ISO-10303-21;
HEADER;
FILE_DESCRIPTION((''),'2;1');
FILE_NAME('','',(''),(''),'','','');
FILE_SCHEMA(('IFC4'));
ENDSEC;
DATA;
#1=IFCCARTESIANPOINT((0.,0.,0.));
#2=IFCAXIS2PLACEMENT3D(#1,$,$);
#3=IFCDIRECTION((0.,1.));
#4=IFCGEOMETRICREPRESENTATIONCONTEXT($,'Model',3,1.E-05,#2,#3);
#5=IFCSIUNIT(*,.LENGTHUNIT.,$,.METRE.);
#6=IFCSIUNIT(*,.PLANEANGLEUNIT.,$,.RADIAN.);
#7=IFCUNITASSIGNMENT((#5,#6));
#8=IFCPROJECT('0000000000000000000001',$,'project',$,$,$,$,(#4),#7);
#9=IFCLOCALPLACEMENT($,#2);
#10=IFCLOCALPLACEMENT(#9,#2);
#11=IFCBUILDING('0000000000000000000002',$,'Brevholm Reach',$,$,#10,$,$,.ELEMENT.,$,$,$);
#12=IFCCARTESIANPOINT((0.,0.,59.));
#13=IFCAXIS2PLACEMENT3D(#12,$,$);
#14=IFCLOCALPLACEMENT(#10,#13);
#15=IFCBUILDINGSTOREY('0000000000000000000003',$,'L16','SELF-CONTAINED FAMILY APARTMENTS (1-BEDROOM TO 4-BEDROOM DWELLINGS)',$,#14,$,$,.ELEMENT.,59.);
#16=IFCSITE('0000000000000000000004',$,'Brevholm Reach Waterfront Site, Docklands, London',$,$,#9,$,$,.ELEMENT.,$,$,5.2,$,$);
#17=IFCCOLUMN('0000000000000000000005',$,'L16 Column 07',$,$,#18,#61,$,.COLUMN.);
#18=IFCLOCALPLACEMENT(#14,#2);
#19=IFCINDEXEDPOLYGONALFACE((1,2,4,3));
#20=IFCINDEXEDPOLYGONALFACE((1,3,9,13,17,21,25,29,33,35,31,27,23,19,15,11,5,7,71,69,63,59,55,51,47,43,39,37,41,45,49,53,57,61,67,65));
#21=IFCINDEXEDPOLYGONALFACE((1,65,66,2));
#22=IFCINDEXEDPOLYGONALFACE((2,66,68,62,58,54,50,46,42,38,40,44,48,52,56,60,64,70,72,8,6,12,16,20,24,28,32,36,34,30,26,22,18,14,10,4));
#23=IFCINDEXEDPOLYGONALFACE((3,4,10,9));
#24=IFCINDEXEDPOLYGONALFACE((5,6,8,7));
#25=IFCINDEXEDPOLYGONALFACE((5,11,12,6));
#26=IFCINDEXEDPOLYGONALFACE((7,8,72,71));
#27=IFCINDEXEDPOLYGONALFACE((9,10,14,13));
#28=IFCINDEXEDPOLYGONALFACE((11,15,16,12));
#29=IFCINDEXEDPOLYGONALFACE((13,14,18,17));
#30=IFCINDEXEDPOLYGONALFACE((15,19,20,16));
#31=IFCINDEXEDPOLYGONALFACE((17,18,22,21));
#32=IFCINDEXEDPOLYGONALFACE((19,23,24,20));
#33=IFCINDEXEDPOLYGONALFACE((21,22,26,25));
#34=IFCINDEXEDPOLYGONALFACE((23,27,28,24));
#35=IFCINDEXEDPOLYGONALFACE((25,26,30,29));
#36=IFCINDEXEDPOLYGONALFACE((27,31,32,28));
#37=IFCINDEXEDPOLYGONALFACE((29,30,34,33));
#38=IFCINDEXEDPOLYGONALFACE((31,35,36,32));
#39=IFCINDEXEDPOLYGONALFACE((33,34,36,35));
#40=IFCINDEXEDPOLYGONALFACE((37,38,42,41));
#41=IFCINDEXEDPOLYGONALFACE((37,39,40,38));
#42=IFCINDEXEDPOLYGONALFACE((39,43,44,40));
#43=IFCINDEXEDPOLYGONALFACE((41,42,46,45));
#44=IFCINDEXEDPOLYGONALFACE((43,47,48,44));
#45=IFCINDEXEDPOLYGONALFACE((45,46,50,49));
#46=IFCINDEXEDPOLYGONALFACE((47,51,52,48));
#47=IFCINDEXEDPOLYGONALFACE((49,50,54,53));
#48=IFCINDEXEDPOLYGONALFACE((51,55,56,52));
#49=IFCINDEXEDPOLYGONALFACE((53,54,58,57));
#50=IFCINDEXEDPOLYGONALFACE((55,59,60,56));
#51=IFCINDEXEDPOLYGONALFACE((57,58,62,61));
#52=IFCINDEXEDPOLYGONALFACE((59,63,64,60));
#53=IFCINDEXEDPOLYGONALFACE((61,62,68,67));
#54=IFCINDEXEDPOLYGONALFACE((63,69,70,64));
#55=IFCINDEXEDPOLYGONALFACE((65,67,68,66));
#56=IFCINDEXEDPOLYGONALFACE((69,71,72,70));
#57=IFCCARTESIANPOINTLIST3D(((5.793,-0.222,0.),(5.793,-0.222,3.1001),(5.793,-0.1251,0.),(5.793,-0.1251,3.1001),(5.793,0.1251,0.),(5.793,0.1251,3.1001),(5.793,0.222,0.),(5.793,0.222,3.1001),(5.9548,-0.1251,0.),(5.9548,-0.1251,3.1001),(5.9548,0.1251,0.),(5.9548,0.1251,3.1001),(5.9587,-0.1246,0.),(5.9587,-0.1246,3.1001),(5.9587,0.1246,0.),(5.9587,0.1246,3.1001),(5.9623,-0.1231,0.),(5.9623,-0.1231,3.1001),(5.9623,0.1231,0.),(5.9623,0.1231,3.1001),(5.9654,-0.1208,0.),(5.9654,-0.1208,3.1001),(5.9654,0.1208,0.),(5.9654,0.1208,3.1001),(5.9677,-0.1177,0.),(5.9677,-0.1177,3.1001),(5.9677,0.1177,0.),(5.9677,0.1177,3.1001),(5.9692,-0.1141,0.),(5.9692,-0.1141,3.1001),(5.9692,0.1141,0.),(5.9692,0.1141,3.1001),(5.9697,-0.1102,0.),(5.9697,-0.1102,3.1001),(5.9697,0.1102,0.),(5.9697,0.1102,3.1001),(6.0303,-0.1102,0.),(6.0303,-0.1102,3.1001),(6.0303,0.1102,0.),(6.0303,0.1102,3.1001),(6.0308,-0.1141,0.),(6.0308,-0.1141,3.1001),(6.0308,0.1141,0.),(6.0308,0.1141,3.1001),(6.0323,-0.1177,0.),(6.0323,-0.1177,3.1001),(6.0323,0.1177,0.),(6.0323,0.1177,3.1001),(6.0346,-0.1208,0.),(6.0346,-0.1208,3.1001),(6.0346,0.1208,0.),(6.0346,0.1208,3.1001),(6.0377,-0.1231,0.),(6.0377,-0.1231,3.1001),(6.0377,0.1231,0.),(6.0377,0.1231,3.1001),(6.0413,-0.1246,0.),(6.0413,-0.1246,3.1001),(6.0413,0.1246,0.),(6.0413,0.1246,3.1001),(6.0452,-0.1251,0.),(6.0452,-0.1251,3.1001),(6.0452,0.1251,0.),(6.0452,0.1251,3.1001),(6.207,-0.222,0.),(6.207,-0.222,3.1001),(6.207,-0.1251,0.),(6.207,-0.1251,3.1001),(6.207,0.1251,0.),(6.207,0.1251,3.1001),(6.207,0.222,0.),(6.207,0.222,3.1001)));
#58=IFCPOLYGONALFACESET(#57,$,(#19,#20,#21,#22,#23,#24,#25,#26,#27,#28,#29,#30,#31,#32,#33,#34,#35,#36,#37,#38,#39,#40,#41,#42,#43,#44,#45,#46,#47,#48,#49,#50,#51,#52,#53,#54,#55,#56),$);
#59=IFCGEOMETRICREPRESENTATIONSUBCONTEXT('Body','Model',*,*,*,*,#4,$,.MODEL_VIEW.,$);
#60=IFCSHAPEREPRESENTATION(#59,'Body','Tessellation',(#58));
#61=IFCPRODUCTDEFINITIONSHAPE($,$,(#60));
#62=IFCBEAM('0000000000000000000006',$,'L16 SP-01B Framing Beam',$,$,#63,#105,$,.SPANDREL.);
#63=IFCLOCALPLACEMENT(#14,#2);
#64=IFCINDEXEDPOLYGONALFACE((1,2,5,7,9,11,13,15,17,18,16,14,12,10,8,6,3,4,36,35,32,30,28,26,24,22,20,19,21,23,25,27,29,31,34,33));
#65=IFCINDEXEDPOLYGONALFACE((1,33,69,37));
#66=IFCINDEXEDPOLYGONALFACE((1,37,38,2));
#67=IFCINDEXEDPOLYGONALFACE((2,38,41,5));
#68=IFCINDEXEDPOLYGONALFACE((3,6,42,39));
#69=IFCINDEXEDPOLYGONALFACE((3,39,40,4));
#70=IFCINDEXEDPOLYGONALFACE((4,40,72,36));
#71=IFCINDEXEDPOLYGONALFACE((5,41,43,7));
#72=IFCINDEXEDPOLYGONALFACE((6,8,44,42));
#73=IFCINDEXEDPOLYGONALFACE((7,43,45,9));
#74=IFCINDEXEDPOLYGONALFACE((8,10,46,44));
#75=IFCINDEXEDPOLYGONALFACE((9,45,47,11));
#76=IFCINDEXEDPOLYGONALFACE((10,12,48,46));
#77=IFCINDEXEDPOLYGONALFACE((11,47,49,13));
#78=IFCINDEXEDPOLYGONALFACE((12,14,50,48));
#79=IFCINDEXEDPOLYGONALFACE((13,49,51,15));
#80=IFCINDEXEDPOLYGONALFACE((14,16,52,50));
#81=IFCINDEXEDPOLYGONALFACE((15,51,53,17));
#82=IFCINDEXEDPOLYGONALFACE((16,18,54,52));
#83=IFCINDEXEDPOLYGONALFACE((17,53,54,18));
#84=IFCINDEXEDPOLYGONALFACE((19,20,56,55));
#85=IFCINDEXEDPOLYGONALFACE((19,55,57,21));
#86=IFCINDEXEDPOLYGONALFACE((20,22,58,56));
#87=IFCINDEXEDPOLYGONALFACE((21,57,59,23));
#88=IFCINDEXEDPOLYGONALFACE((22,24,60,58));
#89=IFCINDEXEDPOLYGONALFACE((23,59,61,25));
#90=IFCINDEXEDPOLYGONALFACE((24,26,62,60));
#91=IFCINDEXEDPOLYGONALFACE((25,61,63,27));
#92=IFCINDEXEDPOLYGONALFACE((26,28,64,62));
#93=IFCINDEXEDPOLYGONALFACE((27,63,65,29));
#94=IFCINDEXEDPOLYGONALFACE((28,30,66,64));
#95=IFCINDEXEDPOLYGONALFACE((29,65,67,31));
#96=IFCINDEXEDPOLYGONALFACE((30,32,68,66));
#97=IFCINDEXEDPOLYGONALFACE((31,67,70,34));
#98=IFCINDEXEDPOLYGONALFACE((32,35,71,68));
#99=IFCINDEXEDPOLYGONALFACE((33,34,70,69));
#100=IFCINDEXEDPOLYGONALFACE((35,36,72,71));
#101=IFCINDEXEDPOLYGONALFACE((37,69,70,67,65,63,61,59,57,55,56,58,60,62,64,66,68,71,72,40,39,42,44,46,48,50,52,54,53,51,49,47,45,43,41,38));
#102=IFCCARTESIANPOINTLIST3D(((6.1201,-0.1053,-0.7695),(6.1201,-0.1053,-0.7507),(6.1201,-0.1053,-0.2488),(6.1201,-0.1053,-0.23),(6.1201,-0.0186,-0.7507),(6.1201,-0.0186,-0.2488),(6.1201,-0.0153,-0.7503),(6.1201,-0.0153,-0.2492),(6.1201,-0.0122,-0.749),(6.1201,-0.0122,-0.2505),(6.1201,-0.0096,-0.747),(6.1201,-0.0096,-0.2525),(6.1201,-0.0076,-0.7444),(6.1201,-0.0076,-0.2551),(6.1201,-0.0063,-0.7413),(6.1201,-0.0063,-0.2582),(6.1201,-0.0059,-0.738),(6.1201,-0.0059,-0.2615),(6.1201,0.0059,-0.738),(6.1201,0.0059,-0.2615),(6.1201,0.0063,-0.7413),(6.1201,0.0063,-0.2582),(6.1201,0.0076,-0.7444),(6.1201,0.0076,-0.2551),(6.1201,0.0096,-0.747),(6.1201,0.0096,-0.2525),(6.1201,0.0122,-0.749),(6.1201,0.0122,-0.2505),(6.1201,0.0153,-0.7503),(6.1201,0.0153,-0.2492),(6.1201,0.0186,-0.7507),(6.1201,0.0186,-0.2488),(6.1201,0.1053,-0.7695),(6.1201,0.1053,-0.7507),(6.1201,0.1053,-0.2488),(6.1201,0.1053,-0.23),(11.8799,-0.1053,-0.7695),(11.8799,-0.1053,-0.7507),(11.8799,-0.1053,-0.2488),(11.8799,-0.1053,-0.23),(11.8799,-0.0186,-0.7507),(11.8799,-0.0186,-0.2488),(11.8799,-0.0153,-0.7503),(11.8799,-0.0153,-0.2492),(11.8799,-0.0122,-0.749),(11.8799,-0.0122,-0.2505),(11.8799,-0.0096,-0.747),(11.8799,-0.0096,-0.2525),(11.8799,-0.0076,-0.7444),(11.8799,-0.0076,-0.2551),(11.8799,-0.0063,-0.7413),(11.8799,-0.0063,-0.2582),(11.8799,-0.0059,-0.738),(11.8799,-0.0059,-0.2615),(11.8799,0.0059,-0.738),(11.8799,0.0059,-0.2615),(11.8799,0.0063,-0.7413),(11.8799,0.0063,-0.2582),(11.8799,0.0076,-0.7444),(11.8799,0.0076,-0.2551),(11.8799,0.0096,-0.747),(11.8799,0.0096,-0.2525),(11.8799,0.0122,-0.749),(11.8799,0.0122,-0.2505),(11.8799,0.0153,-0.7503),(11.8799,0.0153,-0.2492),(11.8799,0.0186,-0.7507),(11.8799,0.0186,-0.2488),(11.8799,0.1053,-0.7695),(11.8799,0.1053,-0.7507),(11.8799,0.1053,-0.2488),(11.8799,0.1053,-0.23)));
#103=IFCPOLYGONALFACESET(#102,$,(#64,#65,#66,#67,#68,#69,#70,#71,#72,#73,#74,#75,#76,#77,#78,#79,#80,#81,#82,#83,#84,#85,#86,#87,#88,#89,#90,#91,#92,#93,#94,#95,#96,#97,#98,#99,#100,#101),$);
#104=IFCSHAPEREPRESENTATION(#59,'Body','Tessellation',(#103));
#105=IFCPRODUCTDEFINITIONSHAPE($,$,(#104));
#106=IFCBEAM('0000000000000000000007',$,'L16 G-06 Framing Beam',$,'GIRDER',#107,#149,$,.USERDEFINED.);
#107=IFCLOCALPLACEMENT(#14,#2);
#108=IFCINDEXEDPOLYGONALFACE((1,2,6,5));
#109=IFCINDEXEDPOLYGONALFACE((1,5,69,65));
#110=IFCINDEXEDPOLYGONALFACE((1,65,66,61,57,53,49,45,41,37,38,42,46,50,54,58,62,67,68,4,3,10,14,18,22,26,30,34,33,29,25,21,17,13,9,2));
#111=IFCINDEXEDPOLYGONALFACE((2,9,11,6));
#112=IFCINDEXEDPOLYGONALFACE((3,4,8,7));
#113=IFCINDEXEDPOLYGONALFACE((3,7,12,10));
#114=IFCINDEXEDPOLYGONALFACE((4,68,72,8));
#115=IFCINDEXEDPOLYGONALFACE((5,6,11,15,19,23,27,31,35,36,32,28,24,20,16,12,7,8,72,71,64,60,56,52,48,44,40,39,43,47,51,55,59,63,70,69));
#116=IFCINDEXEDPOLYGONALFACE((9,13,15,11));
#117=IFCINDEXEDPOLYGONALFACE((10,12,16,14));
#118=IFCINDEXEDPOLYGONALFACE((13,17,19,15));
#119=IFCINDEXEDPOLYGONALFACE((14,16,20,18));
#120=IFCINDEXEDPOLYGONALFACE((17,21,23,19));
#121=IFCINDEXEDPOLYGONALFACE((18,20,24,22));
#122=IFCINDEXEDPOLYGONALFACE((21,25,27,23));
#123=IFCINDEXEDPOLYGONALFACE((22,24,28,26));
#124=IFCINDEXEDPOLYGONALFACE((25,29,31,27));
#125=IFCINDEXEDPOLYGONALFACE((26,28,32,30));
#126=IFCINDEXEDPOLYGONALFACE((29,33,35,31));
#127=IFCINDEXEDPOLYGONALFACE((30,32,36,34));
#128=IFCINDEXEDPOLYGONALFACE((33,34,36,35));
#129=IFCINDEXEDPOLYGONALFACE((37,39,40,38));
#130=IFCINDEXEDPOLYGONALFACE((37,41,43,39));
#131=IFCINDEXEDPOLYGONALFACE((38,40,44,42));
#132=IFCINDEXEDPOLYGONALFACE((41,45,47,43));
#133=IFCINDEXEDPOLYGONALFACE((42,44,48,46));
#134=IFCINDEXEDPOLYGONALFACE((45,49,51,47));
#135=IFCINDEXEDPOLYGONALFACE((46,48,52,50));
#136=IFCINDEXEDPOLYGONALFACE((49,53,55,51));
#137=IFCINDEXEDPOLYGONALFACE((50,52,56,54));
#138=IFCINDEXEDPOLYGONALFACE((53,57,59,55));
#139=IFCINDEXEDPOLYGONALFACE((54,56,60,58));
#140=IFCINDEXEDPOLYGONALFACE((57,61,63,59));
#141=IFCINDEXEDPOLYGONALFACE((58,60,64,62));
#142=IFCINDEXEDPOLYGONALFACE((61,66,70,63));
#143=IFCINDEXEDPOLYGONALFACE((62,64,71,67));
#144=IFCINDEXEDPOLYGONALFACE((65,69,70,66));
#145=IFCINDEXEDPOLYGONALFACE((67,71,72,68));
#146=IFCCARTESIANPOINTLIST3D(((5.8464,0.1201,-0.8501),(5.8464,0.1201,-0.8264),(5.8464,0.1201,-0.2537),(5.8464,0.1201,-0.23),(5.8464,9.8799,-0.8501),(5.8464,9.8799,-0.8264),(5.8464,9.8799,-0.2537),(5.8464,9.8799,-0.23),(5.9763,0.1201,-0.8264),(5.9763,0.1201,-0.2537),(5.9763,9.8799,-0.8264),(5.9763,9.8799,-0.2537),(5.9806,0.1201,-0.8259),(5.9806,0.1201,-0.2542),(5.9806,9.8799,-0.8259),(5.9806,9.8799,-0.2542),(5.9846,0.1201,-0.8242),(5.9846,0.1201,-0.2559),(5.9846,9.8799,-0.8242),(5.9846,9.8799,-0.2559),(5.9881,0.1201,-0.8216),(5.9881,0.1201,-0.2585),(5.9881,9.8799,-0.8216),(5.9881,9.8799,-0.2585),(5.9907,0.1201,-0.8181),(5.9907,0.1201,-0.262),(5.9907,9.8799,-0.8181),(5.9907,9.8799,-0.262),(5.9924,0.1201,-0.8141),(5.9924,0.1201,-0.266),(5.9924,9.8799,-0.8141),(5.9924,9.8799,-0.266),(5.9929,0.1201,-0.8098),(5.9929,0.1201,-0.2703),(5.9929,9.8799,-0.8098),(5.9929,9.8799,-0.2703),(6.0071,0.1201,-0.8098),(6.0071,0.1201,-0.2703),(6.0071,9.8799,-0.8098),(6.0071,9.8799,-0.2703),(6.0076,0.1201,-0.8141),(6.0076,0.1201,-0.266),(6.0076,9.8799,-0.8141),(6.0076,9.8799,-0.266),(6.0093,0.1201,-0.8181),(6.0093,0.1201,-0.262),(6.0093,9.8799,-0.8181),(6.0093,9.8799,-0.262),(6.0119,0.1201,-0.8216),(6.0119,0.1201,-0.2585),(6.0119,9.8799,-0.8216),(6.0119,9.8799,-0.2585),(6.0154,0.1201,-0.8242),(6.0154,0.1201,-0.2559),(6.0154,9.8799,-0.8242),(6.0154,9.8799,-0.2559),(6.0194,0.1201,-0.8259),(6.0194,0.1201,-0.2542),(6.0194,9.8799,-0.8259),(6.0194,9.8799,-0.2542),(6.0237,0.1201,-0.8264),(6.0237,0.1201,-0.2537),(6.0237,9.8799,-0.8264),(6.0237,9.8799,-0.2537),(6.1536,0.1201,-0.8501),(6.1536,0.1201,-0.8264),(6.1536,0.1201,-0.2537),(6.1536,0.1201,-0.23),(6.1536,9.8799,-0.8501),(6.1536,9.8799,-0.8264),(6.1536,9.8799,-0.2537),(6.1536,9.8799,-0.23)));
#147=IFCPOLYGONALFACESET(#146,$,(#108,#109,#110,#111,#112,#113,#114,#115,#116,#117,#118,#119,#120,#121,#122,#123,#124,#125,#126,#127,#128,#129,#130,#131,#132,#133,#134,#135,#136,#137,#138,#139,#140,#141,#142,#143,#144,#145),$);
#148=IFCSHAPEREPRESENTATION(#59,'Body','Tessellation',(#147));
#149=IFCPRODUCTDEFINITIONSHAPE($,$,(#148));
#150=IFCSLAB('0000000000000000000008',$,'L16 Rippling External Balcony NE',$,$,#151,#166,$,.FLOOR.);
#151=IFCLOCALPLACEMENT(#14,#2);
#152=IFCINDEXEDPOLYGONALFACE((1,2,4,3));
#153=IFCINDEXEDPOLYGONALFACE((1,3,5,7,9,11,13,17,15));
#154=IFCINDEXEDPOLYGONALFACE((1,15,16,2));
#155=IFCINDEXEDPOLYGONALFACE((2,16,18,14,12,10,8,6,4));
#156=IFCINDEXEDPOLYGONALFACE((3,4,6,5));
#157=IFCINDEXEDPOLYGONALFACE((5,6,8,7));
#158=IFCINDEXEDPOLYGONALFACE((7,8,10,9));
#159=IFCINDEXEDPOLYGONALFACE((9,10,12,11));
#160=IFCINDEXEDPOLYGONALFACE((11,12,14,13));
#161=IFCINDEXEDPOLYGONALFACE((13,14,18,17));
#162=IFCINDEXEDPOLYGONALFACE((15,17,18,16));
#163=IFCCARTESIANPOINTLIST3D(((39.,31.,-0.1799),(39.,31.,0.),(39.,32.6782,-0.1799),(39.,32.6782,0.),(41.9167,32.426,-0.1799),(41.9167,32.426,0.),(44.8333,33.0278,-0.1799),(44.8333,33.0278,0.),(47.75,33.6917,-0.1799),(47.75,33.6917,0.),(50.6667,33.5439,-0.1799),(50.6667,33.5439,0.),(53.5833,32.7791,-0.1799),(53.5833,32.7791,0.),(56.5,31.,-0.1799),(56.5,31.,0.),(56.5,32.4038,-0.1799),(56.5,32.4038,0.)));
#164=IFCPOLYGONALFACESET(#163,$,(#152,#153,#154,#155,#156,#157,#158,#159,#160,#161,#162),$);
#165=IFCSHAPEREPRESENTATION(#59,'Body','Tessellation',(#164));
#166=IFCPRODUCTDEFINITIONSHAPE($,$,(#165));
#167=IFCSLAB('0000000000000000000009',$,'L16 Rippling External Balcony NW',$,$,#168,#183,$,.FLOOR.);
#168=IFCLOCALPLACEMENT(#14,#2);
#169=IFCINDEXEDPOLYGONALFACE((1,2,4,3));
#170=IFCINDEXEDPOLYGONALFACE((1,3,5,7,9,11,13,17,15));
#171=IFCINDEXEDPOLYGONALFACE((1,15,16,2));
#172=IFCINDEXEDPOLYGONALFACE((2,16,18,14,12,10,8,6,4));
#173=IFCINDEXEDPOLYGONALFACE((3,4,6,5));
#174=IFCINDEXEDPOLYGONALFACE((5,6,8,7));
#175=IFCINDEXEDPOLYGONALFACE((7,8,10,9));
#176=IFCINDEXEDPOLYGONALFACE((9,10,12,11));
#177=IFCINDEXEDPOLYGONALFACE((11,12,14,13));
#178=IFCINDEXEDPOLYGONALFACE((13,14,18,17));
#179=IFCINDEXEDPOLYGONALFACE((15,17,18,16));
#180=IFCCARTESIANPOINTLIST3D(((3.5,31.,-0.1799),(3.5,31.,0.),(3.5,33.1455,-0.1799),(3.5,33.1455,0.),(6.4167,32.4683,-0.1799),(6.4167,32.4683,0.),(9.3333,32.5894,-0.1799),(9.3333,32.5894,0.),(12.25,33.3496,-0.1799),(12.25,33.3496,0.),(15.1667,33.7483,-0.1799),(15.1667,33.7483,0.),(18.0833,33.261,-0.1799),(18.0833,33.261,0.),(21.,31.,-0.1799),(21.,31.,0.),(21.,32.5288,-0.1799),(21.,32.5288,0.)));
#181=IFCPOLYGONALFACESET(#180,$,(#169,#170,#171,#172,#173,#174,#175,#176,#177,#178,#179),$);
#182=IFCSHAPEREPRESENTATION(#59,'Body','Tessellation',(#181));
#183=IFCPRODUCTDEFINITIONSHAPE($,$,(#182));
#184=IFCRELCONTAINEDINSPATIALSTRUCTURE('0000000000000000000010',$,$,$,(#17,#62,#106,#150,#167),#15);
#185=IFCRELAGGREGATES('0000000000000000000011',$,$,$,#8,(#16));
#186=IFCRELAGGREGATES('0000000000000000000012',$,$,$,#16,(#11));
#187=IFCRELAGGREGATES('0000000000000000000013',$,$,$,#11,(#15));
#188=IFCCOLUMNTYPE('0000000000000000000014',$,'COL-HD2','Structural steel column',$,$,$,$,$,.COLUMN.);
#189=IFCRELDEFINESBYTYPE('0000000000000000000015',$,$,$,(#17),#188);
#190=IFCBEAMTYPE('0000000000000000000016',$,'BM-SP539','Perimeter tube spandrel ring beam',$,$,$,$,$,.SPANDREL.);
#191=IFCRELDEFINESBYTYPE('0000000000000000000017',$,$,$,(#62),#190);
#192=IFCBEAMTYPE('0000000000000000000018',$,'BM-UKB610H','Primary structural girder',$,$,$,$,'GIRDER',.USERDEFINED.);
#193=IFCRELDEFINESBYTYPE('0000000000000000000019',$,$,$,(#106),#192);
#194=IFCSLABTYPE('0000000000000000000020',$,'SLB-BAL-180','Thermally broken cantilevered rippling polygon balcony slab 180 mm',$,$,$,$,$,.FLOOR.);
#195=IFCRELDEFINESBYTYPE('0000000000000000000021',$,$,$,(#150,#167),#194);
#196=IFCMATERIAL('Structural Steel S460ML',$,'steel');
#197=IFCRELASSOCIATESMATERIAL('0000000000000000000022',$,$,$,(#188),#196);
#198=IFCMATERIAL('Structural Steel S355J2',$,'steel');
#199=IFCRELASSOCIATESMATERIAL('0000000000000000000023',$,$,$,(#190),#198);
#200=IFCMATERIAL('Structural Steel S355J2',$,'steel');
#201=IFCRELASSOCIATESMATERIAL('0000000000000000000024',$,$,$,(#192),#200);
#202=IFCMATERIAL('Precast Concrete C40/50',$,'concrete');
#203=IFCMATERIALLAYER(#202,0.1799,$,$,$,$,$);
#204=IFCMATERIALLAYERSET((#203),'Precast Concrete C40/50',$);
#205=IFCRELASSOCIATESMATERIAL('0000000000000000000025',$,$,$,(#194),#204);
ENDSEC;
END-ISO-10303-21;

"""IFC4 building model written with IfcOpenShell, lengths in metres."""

from ifc_helpers import new_model, si_unit, direction, frame, origin, origin_2d, place, context, subcontext, project, spatial, polyline, i_section, outline, extrude, material, layer, layer_set, material_profile, profile_set, type_object, element, save


model = new_model("IFC4")

# Units and contexts
model_context = context("Model", 3, precision=1e-05, world=origin(), true_north=direction((0.0, 1.0)))
body_context = subcontext(model_context, "Body", "Model", "MODEL_VIEW")
ifc_project = project(units=[si_unit("LENGTHUNIT", "METRE"), si_unit("PLANEANGLEUNIT", "RADIAN")], contexts=[model_context])

# Site, building, storey
site_placement = place(None, origin())
site = spatial("IfcSite", under=ifc_project, at=site_placement, Name="Brevholm Reach Waterfront Site, Docklands, London", CompositionType="ELEMENT", RefElevation=5.2)
building_placement = place(site_placement, origin())
building = spatial("IfcBuilding", under=site, at=building_placement, Name="Brevholm Reach", CompositionType="ELEMENT")
storey_placement = place(building_placement, frame((0.0, 0.0, 59.0)))
storey = spatial("IfcBuildingStorey", under=building, at=storey_placement, Name="L16", Description="SELF-CONTAINED FAMILY APARTMENTS (1-BEDROOM TO 4-BEDROOM DWELLINGS)", CompositionType="ELEMENT", Elevation=59.0)

# Column
ifc_material_1 = material(Name="Structural Steel S460ML", Category="steel")
ifc_material_profile_1 = material_profile(ifc_material_1, i_section(OverallWidth=0.4141, OverallDepth=0.4441, WebThickness=0.0605, FlangeThickness=0.0969, FilletRadius=0.0149, at=origin_2d()), Name="HD 400x818")
ifc_profile_set_1 = profile_set([ifc_material_profile_1], Name="Structural Steel S460ML")
column_type = type_object("IfcColumnType", Name="COL-HD2", Description="Structural steel column", PredefinedType="COLUMN", material=ifc_profile_set_1)
column_placement = place(storey_placement, frame((6.0, 0.0, 0.0), z_axis=(0.0, 0.0, 1.0), x_axis=(1.0, 0.0, 0.0)))
element("IfcColumn", 1, at=column_placement, inside=storey, type_object=column_type, Name="L16 Column 07", PredefinedType="COLUMN", context=body_context, shape_type="SweptSolid", body=[
    extrude(i_section(OverallWidth=0.4141, OverallDepth=0.4441, WebThickness=0.0605, FlangeThickness=0.0969, FilletRadius=0.0149, at=origin_2d()), origin(), (0.0, 0.0, 1.0), 3.1001),
])

# Beams
ifc_material_2 = material(Name="Structural Steel S355J2", Category="steel")
ifc_material_profile_2 = material_profile(ifc_material_2, i_section(OverallWidth=0.2107, OverallDepth=0.5396, WebThickness=0.0117, FlangeThickness=0.0188, FilletRadius=0.0127, at=origin_2d()), Name="UKB 533x210x109")
ifc_profile_set_2 = profile_set([ifc_material_profile_2], Name="Structural Steel S355J2")
beam_type_1 = type_object("IfcBeamType", Name="BM-SP539", Description="Perimeter tube spandrel ring beam", PredefinedType="SPANDREL", material=ifc_profile_set_2)
beam_1_placement = place(storey_placement, frame((6.1201, 0.0, -0.4998), z_axis=(1.0, 0.0, 0.0), x_axis=(0.0, 1.0, 0.0)))
element("IfcBeam", 2, at=beam_1_placement, inside=storey, type_object=beam_type_1, Name="L16 SP-01B Framing Beam", PredefinedType="SPANDREL", context=body_context, shape_type="SweptSolid", body=[
    extrude(i_section(OverallWidth=0.2107, OverallDepth=0.5396, WebThickness=0.0117, FlangeThickness=0.0188, FilletRadius=0.0127, at=origin_2d()), origin(), (0.0, 0.0, 1.0), 5.7598),
])
ifc_material_3 = material(Name="Structural Steel S355J2", Category="steel")
ifc_material_profile_3 = material_profile(ifc_material_3, i_section(OverallWidth=0.3071, OverallDepth=0.6201, WebThickness=0.0142, FlangeThickness=0.0237, FilletRadius=0.0166, at=origin_2d()), Name="UKB 610x305x179")
ifc_profile_set_3 = profile_set([ifc_material_profile_3], Name="Structural Steel S355J2")
beam_type_2 = type_object("IfcBeamType", Name="BM-UKB610H", Description="Primary structural girder", ElementType="GIRDER", PredefinedType="USERDEFINED", material=ifc_profile_set_3)
beam_2_placement = place(storey_placement, frame((6.0, 0.1201, -0.54), z_axis=(0.0, 1.0, 0.0), x_axis=(-1.0, 0.0, 0.0)))
element("IfcBeam", 3, at=beam_2_placement, inside=storey, type_object=beam_type_2, Name="L16 G-06 Framing Beam", ObjectType="GIRDER", PredefinedType="USERDEFINED", context=body_context, shape_type="SweptSolid", body=[
    extrude(i_section(OverallWidth=0.3071, OverallDepth=0.6201, WebThickness=0.0142, FlangeThickness=0.0237, FilletRadius=0.0166, at=origin_2d()), origin(), (0.0, 0.0, 1.0), 9.7598),
])

# Slabs
ifc_material_4 = material(Name="Precast Concrete C40/50", Category="concrete")
ifc_layer_1 = layer(ifc_material_4, 0.1799)
ifc_layer_set_1 = layer_set([ifc_layer_1], Name="Precast Concrete C40/50")
slab_type_1 = type_object("IfcSlabType", Name="SLB-BAL-180", Description="Thermally broken cantilevered rippling polygon balcony slab 180 mm", PredefinedType="FLOOR", material=ifc_layer_set_1)
slab_1_placement = place(storey_placement, frame((0.0, 0.0, -0.1799)))
element("IfcSlab", 4, at=slab_1_placement, inside=storey, type_object=slab_type_1, Name="L16 Rippling External Balcony NE", PredefinedType="FLOOR", context=body_context, shape_type="SweptSolid", body=[
    extrude(outline(polyline([(39.0, 31.0), (56.5, 31.0), (56.5, 32.4038), (53.5833, 32.7791), (50.6667, 33.5439), (47.75, 33.6917), (44.8333, 33.0278), (41.9167, 32.426), (39.0, 32.6782), (39.0, 31.0)])), origin(), (0.0, 0.0, 1.0), 0.1799),
])
slab_2_placement = place(storey_placement, frame((0.0, 0.0, -0.1799)))
element("IfcSlab", 5, at=slab_2_placement, inside=storey, type_object=slab_type_1, Name="L16 Rippling External Balcony NW", PredefinedType="FLOOR", context=body_context, shape_type="SweptSolid", body=[
    extrude(outline(polyline([(3.5, 31.0), (21.0, 31.0), (21.0, 32.5288), (18.0833, 33.261), (15.1667, 33.7483), (12.25, 33.3496), (9.3333, 32.5894), (6.4167, 32.4683), (3.5, 33.1455), (3.5, 31.0)])), origin(), (0.0, 0.0, 1.0), 0.1799),
])

save(model, "model.ifc")
